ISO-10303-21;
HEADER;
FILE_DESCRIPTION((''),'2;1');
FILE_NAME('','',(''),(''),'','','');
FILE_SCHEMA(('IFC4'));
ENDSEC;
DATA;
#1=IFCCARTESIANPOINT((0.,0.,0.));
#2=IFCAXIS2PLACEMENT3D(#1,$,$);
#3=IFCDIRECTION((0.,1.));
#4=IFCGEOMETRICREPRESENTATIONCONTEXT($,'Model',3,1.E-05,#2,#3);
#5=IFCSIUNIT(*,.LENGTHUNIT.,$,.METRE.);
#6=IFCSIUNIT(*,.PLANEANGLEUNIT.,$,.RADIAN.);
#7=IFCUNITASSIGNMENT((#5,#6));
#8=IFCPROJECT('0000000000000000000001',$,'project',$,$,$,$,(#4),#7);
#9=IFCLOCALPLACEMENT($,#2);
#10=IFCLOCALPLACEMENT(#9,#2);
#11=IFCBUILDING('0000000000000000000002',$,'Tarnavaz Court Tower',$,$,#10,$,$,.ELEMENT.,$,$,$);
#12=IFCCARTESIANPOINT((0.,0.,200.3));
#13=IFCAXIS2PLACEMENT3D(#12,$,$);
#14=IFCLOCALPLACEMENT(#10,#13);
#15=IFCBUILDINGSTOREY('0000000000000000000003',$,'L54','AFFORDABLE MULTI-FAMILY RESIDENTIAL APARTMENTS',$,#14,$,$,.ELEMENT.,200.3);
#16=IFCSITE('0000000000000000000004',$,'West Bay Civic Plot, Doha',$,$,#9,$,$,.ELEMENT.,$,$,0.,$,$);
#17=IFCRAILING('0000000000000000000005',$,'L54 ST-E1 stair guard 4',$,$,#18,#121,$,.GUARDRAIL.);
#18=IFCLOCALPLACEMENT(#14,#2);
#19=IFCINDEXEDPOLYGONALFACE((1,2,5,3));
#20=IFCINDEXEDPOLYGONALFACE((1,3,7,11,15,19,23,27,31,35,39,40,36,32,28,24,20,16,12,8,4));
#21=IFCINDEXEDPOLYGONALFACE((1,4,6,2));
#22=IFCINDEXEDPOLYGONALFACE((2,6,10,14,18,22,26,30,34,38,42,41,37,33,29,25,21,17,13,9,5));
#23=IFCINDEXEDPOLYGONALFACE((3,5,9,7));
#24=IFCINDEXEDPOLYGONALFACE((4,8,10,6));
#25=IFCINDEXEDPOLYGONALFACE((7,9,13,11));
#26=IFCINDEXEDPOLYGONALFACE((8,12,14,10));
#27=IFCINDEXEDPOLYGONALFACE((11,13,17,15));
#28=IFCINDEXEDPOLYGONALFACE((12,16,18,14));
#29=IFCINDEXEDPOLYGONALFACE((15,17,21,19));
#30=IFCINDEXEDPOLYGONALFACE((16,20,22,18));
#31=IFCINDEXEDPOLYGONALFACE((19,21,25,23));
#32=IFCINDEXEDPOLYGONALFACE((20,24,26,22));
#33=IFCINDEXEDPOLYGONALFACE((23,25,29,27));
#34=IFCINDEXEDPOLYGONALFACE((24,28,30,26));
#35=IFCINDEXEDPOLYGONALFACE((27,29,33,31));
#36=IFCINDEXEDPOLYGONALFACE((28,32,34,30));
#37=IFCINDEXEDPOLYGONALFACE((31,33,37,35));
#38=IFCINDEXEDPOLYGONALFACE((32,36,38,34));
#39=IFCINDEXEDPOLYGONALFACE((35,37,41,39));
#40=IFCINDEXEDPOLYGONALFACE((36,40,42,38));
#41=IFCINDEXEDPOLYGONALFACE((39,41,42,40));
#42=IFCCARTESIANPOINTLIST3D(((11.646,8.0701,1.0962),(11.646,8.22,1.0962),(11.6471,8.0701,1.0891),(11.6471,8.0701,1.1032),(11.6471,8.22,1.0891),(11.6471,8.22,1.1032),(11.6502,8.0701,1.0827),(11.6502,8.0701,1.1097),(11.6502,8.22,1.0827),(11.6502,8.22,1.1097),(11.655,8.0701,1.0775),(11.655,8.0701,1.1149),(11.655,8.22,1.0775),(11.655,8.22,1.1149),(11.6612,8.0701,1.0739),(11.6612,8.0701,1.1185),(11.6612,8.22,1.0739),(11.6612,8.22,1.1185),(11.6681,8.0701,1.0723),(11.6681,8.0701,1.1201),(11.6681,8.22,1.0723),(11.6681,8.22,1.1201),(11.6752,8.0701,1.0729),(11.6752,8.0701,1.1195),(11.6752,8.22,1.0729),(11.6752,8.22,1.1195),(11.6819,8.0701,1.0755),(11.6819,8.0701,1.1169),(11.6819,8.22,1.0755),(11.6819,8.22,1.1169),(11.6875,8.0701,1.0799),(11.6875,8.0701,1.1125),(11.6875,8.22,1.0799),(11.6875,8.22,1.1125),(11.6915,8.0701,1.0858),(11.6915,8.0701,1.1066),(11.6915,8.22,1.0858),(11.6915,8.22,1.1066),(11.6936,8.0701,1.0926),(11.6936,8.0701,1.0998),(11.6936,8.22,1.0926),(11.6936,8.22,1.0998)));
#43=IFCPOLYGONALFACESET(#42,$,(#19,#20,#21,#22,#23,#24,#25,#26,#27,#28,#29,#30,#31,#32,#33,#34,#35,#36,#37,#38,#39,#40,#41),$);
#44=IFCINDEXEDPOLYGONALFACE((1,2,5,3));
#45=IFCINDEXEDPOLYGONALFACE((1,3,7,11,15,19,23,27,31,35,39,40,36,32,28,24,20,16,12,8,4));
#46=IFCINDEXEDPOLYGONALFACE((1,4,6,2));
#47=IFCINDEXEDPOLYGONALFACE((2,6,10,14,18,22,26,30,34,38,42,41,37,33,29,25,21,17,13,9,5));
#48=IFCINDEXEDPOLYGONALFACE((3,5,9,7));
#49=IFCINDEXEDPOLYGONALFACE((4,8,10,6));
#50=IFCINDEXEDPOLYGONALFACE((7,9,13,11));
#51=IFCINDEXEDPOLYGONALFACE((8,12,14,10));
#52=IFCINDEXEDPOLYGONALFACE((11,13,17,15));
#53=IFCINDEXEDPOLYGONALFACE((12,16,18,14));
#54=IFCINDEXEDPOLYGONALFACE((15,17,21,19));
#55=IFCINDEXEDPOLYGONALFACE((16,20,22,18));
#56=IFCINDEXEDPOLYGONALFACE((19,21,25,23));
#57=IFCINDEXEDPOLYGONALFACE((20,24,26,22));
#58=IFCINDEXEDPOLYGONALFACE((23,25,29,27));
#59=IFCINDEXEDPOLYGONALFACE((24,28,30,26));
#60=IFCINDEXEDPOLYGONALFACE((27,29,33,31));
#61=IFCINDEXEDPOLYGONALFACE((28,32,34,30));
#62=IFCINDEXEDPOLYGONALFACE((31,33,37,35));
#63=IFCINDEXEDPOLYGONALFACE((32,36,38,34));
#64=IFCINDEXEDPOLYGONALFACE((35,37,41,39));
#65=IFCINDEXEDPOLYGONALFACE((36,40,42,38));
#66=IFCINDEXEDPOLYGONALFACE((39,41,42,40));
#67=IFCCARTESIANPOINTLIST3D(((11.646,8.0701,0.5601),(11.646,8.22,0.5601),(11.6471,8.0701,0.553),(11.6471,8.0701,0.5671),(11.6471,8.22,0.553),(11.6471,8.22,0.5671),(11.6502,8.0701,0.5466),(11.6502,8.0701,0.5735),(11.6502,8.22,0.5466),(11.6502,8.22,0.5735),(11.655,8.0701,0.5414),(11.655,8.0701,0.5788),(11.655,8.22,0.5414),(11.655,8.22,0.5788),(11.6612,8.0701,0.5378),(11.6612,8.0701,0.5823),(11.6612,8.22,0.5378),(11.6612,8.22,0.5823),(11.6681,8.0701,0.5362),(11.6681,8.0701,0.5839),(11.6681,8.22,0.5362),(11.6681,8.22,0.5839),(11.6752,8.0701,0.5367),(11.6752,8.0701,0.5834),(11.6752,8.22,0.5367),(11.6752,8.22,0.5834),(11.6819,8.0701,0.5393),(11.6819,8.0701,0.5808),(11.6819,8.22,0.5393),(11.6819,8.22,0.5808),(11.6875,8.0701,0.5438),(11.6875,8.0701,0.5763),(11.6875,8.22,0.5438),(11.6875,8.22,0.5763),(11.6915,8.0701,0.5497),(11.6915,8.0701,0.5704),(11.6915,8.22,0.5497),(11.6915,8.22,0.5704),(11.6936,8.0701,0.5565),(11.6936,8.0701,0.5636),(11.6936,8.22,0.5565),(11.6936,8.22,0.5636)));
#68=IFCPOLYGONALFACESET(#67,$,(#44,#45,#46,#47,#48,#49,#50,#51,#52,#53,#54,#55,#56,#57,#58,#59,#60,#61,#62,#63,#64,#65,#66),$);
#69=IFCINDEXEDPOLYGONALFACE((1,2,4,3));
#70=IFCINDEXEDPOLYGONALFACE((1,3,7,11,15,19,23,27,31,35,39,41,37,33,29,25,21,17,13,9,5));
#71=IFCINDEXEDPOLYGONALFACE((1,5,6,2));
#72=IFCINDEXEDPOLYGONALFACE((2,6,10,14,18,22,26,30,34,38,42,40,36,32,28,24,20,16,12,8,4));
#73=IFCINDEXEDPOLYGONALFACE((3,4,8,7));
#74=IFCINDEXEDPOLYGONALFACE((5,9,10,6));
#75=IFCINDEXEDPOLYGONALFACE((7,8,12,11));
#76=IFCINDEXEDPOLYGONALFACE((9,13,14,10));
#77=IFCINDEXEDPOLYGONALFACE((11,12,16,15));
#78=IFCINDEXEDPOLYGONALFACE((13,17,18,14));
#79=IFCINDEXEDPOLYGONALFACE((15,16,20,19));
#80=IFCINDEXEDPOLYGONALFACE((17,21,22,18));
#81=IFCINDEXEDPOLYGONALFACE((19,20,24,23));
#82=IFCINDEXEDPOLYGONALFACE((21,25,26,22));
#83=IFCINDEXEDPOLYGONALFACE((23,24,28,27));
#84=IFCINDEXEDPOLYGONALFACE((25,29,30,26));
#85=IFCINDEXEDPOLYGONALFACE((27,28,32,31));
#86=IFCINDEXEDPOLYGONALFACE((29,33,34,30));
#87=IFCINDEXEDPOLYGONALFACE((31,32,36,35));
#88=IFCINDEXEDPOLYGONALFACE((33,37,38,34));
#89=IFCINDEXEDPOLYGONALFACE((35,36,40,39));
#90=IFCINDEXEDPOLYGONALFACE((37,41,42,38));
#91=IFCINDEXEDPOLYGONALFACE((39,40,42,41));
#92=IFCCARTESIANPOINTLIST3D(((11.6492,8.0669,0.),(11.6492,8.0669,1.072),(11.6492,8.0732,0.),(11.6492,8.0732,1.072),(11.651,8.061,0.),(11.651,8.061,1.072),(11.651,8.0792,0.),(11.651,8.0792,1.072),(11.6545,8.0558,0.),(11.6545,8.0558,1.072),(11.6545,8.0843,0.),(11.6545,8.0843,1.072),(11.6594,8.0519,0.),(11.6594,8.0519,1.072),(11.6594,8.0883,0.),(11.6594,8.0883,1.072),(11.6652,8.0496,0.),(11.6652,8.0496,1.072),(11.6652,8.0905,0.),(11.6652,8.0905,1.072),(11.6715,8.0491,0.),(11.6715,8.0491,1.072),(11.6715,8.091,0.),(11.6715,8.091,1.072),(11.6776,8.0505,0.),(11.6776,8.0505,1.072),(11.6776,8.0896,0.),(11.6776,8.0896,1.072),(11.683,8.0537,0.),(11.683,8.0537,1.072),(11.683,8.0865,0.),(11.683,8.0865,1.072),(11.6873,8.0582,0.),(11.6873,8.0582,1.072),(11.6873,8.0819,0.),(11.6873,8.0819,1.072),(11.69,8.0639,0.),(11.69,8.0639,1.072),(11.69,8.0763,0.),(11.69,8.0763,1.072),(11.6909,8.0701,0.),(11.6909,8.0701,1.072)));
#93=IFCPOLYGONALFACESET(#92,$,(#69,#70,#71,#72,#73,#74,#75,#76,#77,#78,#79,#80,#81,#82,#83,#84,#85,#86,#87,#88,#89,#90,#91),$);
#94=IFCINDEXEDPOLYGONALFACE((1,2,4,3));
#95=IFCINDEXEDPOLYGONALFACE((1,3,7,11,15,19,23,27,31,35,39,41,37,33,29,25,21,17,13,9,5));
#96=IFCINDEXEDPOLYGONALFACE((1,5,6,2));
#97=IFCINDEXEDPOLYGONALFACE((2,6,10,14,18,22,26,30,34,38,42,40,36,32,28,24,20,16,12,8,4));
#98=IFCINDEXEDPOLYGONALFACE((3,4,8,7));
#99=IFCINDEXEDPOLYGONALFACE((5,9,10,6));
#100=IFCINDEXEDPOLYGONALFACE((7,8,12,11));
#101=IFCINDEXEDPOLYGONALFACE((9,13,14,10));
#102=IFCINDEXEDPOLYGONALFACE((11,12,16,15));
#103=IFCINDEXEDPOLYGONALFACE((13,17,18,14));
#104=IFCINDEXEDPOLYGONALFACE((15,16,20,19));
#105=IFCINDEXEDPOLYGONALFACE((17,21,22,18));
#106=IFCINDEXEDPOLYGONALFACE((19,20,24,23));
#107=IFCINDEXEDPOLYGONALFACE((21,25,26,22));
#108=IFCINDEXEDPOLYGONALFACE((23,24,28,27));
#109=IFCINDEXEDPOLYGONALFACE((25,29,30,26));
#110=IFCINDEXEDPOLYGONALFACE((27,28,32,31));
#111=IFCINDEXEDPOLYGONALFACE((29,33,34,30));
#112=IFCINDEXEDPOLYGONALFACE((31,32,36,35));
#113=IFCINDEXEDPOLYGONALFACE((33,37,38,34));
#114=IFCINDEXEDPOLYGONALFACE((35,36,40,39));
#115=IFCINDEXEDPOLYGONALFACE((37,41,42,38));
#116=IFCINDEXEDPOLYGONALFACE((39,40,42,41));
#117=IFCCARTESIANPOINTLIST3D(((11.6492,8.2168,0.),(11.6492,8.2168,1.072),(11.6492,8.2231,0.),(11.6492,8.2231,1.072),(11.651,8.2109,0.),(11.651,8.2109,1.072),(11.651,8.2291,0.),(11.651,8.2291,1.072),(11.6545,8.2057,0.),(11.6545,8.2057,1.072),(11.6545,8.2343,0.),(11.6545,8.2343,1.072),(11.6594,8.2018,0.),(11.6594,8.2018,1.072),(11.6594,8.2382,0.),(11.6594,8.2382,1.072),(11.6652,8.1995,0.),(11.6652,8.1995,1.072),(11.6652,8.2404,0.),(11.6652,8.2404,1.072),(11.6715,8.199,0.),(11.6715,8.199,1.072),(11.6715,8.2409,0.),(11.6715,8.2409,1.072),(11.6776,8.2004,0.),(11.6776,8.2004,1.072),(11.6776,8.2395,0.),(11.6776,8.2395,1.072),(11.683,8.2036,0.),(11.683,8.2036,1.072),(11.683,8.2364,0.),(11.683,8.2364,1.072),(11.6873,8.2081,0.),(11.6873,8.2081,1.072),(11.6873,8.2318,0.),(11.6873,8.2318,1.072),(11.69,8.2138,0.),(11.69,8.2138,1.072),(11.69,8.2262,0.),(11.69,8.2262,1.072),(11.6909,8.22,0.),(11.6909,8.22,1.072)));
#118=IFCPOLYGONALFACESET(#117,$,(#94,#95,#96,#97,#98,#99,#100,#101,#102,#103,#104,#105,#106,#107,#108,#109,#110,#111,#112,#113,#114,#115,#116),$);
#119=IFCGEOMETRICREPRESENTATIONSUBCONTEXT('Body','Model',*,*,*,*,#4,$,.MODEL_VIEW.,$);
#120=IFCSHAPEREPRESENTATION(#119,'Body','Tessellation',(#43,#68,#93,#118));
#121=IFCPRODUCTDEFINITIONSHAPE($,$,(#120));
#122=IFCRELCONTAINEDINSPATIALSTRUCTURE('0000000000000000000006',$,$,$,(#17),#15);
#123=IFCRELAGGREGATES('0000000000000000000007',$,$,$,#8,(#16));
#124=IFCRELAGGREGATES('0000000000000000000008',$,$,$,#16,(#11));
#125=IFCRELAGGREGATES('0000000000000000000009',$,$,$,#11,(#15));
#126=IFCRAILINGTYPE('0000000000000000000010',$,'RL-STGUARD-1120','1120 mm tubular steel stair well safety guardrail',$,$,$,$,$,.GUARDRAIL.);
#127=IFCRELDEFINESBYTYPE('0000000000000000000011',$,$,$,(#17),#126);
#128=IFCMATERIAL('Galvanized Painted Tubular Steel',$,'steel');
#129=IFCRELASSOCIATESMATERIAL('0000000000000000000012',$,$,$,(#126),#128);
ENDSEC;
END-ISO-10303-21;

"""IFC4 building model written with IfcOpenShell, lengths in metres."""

from ifc_helpers import new_model, si_unit, direction, frame, origin, origin_2d, place, context, subcontext, project, spatial, circle, extrude, material, type_object, element, save


model = new_model("IFC4")

# Units and contexts
model_context = context("Model", 3, precision=1e-05, world=origin(), true_north=direction((0.0, 1.0)))
body_context = subcontext(model_context, "Body", "Model", "MODEL_VIEW")
ifc_project = project(units=[si_unit("LENGTHUNIT", "METRE"), si_unit("PLANEANGLEUNIT", "RADIAN")], contexts=[model_context])

# Site, building, storey
site_placement = place(None, origin())
site = spatial("IfcSite", under=ifc_project, at=site_placement, Name="West Bay Civic Plot, Doha", CompositionType="ELEMENT", RefElevation=0.0)
building_placement = place(site_placement, origin())
building = spatial("IfcBuilding", under=site, at=building_placement, Name="Tarnavaz Court Tower", CompositionType="ELEMENT")
storey_placement = place(building_placement, frame((0.0, 0.0, 200.3)))
storey = spatial("IfcBuildingStorey", under=building, at=storey_placement, Name="L54", Description="AFFORDABLE MULTI-FAMILY RESIDENTIAL APARTMENTS", CompositionType="ELEMENT", Elevation=200.3)

# Railing
ifc_material_1 = material(Name="Galvanized Painted Tubular Steel", Category="steel")
railing_type_1 = type_object("IfcRailingType", Name="RL-STGUARD-1120", Description="1120 mm tubular steel stair well safety guardrail", PredefinedType="GUARDRAIL", material=ifc_material_1)
railing_1_placement = place(storey_placement, frame((11.6699, 8.0701, 0.0)))
element("IfcRailing", 1, at=railing_1_placement, inside=storey, type_object=railing_type_1, Name="L54 ST-E1 stair guard 4", PredefinedType="GUARDRAIL", context=body_context, shape_type="SweptSolid", body=[
    extrude(circle(Radius=0.0239, at=origin_2d()), frame((0.0, 0.0, 1.0962), z_axis=(0.0, 1.0, 0.0), x_axis=(-1.0, 0.0, 0.0)), (0.0, 0.0, 1.0), 0.1499),
    extrude(circle(Radius=0.0239, at=origin_2d()), frame((0.0, 0.0, 0.5601), z_axis=(0.0, 1.0, 0.0), x_axis=(-1.0, 0.0, 0.0)), (0.0, 0.0, 1.0), 0.1499),
    extrude(circle(Radius=0.021, at=origin_2d()), origin(), (0.0, 0.0, 1.0), 1.072),
    extrude(circle(Radius=0.021, at=origin_2d()), frame((0.0, 0.1499, 0.0)), (0.0, 0.0, 1.0), 1.072),
])

save(model, "model.ifc")
